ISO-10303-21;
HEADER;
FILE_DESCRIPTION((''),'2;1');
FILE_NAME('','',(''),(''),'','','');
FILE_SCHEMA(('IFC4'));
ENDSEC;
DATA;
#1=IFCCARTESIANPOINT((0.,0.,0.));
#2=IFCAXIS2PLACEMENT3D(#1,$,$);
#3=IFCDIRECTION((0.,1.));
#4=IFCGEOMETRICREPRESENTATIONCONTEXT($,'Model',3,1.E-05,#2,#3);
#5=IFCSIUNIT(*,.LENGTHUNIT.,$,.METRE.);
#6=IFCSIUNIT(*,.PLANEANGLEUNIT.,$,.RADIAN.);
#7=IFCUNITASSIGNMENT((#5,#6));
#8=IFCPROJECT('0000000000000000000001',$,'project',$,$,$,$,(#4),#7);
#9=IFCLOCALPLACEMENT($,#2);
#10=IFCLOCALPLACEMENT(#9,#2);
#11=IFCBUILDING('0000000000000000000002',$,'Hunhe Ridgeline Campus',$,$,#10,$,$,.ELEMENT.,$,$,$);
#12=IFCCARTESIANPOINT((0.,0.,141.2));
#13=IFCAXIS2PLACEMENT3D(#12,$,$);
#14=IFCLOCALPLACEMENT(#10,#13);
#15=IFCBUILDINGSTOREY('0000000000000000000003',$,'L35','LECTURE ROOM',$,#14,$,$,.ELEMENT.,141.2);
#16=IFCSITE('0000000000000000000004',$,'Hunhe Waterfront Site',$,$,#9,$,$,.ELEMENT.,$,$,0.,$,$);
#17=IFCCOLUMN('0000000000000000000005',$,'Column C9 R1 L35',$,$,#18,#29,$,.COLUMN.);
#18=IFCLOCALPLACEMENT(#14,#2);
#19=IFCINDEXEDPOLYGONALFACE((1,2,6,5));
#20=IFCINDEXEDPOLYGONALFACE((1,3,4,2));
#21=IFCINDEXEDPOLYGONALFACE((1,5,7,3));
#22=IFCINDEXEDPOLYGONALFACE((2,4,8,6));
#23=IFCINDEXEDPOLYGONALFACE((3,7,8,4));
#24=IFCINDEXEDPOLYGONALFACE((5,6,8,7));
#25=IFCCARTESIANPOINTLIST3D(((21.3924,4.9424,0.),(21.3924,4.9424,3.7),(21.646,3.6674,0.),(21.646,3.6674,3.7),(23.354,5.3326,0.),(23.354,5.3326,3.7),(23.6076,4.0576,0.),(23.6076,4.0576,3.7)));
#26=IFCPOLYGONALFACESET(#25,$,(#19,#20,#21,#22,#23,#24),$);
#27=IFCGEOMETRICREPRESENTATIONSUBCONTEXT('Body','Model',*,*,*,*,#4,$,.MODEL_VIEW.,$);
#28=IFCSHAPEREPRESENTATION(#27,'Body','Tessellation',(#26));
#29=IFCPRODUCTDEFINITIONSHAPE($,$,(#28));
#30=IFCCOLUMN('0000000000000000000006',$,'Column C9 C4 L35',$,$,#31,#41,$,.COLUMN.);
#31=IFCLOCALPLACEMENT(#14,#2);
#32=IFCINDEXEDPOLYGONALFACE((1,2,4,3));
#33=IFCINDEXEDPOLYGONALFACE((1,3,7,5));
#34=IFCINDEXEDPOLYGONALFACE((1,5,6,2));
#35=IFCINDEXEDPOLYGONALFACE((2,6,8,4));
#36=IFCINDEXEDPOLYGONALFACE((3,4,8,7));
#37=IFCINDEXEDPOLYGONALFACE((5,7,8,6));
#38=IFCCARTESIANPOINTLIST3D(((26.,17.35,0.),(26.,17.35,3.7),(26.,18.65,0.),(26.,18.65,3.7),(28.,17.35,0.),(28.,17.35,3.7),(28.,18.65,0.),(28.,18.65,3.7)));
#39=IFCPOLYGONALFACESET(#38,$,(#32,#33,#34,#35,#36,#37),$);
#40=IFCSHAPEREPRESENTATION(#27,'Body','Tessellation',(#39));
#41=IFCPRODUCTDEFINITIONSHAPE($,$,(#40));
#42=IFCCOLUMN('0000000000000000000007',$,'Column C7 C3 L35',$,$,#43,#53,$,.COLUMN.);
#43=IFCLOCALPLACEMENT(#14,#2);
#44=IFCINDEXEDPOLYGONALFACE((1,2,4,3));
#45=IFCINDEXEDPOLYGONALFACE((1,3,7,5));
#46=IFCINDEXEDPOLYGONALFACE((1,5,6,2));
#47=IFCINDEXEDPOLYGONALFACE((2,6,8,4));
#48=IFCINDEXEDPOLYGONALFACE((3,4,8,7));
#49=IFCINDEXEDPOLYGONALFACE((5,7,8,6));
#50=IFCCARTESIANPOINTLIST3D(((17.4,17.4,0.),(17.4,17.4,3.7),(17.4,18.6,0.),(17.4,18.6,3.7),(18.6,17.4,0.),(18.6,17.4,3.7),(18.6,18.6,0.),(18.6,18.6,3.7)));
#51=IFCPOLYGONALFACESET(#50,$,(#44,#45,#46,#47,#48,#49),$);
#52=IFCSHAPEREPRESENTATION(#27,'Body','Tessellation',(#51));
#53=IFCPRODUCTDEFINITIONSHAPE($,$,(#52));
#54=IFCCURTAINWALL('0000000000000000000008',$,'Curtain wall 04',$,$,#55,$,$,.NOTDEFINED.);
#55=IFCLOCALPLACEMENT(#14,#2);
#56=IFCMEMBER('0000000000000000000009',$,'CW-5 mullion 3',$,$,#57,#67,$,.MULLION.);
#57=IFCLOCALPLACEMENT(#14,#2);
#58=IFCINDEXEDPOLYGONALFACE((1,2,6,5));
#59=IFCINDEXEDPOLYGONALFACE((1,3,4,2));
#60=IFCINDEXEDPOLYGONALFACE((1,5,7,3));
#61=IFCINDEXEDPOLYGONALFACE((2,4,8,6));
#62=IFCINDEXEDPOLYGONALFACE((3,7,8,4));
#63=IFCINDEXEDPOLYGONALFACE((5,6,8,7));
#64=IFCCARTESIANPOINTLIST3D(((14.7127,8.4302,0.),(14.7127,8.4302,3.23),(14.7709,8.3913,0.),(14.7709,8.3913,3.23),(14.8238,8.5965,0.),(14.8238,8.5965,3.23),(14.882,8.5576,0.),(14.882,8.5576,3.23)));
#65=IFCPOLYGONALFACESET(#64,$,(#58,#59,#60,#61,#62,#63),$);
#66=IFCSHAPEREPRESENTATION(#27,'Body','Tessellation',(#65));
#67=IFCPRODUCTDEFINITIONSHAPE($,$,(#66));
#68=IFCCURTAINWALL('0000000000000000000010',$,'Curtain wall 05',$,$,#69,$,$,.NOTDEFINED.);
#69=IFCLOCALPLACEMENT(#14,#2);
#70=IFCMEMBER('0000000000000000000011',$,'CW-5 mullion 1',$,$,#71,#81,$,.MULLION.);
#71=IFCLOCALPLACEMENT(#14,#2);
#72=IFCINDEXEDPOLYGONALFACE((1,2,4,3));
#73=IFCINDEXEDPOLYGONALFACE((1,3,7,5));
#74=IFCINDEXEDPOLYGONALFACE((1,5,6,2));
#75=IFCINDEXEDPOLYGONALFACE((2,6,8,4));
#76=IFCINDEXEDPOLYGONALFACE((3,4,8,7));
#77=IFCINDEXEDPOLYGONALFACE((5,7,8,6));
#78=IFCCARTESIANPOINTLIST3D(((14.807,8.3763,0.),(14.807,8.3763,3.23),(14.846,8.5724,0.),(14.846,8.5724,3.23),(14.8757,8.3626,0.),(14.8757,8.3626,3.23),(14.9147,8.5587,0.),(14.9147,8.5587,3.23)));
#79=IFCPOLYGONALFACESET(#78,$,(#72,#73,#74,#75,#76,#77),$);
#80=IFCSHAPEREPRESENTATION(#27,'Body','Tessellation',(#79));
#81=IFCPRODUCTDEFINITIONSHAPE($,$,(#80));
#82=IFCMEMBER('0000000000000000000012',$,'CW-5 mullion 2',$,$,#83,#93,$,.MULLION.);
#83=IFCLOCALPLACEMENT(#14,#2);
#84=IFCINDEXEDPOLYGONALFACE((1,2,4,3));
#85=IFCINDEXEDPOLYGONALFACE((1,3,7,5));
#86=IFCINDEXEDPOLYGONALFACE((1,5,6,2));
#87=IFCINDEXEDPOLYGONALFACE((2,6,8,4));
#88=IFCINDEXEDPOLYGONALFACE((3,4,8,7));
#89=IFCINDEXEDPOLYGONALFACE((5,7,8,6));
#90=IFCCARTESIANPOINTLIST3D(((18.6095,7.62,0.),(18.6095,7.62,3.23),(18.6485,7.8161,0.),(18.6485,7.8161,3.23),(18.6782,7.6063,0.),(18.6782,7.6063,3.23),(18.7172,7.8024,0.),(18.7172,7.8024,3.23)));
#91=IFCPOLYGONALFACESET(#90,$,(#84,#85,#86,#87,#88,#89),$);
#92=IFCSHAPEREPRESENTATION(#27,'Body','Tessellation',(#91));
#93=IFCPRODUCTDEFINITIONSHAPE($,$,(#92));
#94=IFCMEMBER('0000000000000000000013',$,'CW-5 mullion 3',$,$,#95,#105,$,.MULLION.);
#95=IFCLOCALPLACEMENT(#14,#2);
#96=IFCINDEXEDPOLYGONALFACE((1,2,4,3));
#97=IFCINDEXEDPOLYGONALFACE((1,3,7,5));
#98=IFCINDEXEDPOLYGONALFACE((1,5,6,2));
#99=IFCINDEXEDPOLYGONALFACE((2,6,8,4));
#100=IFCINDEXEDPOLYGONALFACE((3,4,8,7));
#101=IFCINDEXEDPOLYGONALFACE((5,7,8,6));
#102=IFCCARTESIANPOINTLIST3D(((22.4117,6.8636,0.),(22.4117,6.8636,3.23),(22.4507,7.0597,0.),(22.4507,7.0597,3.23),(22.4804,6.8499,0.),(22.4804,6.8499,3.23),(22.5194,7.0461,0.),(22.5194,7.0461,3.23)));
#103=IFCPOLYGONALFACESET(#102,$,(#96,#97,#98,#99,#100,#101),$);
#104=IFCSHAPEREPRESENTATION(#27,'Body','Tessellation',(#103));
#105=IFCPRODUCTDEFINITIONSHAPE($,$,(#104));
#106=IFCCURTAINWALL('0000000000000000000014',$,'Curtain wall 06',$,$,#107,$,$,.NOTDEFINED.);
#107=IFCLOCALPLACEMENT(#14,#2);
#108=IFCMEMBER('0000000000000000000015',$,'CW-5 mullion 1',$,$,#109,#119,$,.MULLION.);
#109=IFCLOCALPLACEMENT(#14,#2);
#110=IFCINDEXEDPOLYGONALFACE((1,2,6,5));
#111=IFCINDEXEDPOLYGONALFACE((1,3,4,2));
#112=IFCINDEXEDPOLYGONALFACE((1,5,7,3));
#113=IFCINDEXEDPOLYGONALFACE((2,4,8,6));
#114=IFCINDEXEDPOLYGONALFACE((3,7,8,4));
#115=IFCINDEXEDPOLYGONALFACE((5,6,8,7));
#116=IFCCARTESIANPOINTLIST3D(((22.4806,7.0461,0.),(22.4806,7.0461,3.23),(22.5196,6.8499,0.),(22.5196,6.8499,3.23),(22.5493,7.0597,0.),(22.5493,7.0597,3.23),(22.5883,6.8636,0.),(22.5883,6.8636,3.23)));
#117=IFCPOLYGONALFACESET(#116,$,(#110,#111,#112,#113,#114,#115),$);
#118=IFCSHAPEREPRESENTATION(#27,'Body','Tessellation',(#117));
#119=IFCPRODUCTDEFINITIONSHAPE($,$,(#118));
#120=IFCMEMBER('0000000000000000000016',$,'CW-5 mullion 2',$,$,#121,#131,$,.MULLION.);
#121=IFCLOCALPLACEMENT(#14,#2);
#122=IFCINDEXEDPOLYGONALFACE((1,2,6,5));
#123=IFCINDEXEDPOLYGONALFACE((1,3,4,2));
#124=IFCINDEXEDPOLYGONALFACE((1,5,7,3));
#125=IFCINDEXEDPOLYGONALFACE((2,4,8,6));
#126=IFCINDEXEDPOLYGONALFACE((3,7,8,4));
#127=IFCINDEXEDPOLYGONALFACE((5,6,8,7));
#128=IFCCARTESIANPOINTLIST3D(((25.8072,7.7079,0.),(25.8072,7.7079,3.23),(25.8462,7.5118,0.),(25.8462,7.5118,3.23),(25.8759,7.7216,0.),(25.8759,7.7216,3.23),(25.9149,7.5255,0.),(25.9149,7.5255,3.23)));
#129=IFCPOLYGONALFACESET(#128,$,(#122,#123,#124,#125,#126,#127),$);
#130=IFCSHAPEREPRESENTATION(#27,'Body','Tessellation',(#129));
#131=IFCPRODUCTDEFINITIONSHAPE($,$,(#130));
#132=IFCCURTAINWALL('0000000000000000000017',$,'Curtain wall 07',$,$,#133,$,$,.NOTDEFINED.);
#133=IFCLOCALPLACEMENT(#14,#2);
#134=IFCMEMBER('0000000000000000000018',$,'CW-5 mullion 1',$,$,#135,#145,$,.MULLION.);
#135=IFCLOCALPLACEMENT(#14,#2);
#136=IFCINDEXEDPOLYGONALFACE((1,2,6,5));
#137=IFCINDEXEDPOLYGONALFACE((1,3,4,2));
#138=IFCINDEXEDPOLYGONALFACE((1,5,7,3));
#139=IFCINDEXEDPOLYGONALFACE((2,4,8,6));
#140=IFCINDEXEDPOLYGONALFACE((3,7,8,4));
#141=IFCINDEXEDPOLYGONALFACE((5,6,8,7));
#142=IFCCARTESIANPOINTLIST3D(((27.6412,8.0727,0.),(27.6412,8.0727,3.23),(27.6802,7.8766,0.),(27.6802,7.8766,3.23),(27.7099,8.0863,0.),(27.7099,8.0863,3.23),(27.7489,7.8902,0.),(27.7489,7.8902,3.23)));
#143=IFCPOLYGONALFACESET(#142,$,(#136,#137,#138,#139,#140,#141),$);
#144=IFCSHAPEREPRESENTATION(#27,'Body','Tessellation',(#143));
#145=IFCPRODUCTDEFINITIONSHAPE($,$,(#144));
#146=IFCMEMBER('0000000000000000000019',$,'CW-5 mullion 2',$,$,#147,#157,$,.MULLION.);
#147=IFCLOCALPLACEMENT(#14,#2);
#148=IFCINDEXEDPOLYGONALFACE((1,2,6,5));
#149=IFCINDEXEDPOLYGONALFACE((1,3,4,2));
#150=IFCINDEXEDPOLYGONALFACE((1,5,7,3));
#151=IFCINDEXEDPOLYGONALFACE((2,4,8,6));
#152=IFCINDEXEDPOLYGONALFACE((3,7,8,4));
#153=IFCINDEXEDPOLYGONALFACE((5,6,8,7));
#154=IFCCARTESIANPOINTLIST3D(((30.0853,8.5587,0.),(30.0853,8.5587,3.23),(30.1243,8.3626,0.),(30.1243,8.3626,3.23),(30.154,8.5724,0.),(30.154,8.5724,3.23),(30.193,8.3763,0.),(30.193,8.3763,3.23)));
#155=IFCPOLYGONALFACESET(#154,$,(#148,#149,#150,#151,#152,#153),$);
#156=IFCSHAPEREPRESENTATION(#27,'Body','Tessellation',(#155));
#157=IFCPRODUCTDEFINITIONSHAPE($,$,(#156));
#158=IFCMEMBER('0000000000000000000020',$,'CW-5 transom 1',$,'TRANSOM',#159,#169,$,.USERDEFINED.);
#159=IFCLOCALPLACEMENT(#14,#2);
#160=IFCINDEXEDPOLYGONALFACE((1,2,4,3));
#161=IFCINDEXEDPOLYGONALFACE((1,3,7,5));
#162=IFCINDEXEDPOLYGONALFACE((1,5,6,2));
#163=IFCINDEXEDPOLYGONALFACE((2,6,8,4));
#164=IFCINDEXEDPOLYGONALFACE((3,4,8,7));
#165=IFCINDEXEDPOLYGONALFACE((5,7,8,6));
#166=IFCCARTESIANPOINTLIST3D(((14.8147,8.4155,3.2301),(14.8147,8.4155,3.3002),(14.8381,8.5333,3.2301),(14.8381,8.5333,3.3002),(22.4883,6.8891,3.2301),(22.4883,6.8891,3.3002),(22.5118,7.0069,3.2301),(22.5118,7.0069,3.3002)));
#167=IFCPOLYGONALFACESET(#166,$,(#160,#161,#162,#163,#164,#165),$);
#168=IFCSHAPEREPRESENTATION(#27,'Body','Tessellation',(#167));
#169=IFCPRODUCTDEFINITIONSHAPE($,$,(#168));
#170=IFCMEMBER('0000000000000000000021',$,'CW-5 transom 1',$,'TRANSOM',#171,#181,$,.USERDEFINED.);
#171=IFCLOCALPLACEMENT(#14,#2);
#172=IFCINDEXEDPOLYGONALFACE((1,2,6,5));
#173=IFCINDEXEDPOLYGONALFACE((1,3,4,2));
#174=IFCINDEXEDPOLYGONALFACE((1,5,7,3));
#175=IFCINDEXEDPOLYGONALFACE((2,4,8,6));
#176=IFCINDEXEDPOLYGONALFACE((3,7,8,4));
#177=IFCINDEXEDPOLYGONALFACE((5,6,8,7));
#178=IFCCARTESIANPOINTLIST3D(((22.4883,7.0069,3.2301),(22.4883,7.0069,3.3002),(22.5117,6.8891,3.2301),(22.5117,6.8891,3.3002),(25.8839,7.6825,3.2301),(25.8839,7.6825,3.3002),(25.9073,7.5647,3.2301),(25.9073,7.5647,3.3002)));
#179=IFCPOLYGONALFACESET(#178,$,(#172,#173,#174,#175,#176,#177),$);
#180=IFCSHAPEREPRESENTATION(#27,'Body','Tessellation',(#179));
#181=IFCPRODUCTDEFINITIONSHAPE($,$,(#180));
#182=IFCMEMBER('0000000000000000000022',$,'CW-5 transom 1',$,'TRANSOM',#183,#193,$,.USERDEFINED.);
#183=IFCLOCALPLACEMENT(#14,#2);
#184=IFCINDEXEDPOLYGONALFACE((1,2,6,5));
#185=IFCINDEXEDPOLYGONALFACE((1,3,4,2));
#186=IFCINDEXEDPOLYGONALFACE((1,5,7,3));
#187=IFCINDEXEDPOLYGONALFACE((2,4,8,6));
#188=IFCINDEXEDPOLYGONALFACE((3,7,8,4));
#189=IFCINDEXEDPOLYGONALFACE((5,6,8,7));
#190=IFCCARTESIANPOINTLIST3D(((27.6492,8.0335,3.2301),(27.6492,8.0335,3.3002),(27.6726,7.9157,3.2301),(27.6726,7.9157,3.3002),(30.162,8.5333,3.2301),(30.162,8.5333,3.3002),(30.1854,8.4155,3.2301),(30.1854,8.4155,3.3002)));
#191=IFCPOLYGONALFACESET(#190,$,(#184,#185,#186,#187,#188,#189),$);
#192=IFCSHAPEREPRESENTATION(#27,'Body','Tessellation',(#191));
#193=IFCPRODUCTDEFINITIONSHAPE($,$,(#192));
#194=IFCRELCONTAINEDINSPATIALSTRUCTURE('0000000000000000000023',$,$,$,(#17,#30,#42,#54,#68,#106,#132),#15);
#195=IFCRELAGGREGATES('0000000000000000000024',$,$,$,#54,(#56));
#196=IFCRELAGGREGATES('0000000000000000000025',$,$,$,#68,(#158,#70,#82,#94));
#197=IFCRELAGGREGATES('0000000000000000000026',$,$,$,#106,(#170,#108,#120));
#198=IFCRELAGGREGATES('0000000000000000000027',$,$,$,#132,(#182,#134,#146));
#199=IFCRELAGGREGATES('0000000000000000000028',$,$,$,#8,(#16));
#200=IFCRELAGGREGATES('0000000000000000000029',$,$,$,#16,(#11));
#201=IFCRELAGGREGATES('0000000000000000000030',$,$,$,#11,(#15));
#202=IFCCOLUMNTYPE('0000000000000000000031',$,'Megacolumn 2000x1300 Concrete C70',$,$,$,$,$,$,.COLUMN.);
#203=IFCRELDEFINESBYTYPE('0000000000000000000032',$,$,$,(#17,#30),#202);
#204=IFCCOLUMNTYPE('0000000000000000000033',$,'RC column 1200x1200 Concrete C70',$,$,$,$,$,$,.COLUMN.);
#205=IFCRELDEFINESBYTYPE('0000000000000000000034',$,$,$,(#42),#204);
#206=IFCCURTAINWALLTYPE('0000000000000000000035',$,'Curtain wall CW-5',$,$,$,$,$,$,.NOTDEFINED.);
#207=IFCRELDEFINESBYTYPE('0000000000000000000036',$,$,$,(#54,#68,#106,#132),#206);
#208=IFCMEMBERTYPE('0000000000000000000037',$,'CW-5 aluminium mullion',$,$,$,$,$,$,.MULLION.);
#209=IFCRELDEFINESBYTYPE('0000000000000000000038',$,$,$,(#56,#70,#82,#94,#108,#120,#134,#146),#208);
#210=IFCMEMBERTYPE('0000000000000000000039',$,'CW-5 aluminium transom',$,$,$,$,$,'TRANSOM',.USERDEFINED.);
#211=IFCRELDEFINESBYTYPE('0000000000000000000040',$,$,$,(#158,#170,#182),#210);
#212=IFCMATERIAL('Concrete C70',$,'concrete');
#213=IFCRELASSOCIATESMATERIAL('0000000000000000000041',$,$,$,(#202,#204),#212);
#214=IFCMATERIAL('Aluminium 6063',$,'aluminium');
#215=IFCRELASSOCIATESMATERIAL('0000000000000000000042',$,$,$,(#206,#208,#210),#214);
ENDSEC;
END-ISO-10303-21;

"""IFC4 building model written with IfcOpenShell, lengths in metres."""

from ifc_helpers import new_model, si_unit, direction, frame, origin, origin_2d, place, context, subcontext, project, spatial, rectangle, extrude, material, material_profile, profile_set, type_object, element, aggregate, save


model = new_model("IFC4")

# Units and contexts
model_context = context("Model", 3, precision=1e-05, world=origin(), true_north=direction((0.0, 1.0)))
body_context = subcontext(model_context, "Body", "Model", "MODEL_VIEW")
ifc_project = project(units=[si_unit("LENGTHUNIT", "METRE"), si_unit("PLANEANGLEUNIT", "RADIAN")], contexts=[model_context])

# Site, building, storey
site_placement = place(None, origin())
site = spatial("IfcSite", under=ifc_project, at=site_placement, Name="Hunhe Waterfront Site", CompositionType="ELEMENT", RefElevation=0.0)
building_placement = place(site_placement, origin())
building = spatial("IfcBuilding", under=site, at=building_placement, Name="Hunhe Ridgeline Campus", CompositionType="ELEMENT")
storey_placement = place(building_placement, frame((0.0, 0.0, 141.2)))
storey = spatial("IfcBuildingStorey", under=building, at=storey_placement, Name="L35", Description="LECTURE ROOM", CompositionType="ELEMENT", Elevation=141.2)

# Columns
ifc_material_1 = material(Name="Concrete C70", Category="concrete")
ifc_material_profile_1 = material_profile(ifc_material_1, rectangle(XDim=2.0, YDim=1.3, at=origin_2d()))
ifc_profile_set_1 = profile_set([ifc_material_profile_1], Name="Concrete C70")
column_type_1 = type_object("IfcColumnType", Name="Megacolumn 2000x1300 Concrete C70", PredefinedType="COLUMN", material=ifc_profile_set_1)
for number, where, z_axis, x_axis, name in (
    (1, (22.5, 4.5, 0.0), (0.0, 0.0, 1.0), (0.980785, 0.19509, 0.0), "Column C9 R1 L35"),
    (2, (27.0, 18.0, 0.0), (0.0, 0.0, 1.0), (1.0, 0.0, 0.0), "Column C9 C4 L35"),
):
    element("IfcColumn", number, at=place(storey_placement, frame(where, z_axis=z_axis, x_axis=x_axis)), inside=storey, type_object=column_type_1, Name=name, PredefinedType="COLUMN", context=body_context, shape_type="SweptSolid", body=[
        extrude(rectangle(XDim=2.0, YDim=1.3, at=origin_2d()), origin(), (0.0, 0.0, 1.0), 3.7),
    ])
ifc_material_profile_2 = material_profile(ifc_material_1, rectangle(XDim=1.2, YDim=1.2, at=origin_2d()))
ifc_profile_set_2 = profile_set([ifc_material_profile_2], Name="Concrete C70")
column_type_2 = type_object("IfcColumnType", Name="RC column 1200x1200 Concrete C70", PredefinedType="COLUMN", material=ifc_profile_set_2)
column_placement = place(storey_placement, frame((18.0, 18.0, 0.0), z_axis=(0.0, 0.0, 1.0), x_axis=(1.0, 0.0, 0.0)))
element("IfcColumn", 3, at=column_placement, inside=storey, type_object=column_type_2, Name="Column C7 C3 L35", PredefinedType="COLUMN", context=body_context, shape_type="SweptSolid", body=[
    extrude(rectangle(XDim=1.2, YDim=1.2, at=origin_2d()), origin(), (0.0, 0.0, 1.0), 3.7),
])

# Curtain wall, member
ifc_material_2 = material(Name="Aluminium 6063", Category="aluminium")
curtain_wall_type = type_object("IfcCurtainWallType", Name="Curtain wall CW-5", PredefinedType="NOTDEFINED", material=ifc_material_2)
curtain_wall_1_placement = place(storey_placement, origin())
curtain_wall_1 = element("IfcCurtainWall", 4, at=curtain_wall_1_placement, inside=storey, type_object=curtain_wall_type, Name="Curtain wall 04", PredefinedType="NOTDEFINED")
ifc_material_profile_3 = material_profile(ifc_material_2, rectangle(XDim=0.2, YDim=0.0701, at=origin_2d()))
ifc_profile_set_3 = profile_set([ifc_material_profile_3], Name="Aluminium 6063")
member_type_1 = type_object("IfcMemberType", Name="CW-5 aluminium mullion", PredefinedType="MULLION", material=ifc_profile_set_3)
member_1_placement = place(storey_placement, frame((14.7974, 8.4939, 0.0), z_axis=(0.0, 0.0, 1.0), x_axis=(0.55557, 0.83147, 0.0)))
member_1 = element("IfcMember", 5, at=member_1_placement, type_object=member_type_1, Name="CW-5 mullion 3", PredefinedType="MULLION", context=body_context, shape_type="SweptSolid", body=[
    extrude(rectangle(XDim=0.2, YDim=0.0701, at=origin_2d()), origin(), (0.0, 0.0, 1.0), 3.23),
])
aggregate(curtain_wall_1, [member_1])

# Curtain walls, members
curtain_wall_2_placement = place(storey_placement, origin())
curtain_wall_2 = element("IfcCurtainWall", 6, at=curtain_wall_2_placement, inside=storey, type_object=curtain_wall_type, Name="Curtain wall 05", PredefinedType="NOTDEFINED")
member_2_placement = place(storey_placement, frame((14.8608, 8.4675, 0.0), z_axis=(0.0, 0.0, 1.0), x_axis=(0.19509, 0.980785, 0.0)))
member_2 = element("IfcMember", 7, at=member_2_placement, type_object=member_type_1, Name="CW-5 mullion 1", PredefinedType="MULLION", context=body_context, shape_type="SweptSolid", body=[
    extrude(rectangle(XDim=0.2, YDim=0.0701, at=origin_2d()), origin(), (0.0, 0.0, 1.0), 3.23),
])
member_3_placement = place(storey_placement, frame((18.6633, 7.7112, 0.0), z_axis=(0.0, 0.0, 1.0), x_axis=(0.19509, 0.980785, 0.0)))
member_3 = element("IfcMember", 8, at=member_3_placement, type_object=member_type_1, Name="CW-5 mullion 2", PredefinedType="MULLION", context=body_context, shape_type="SweptSolid", body=[
    extrude(rectangle(XDim=0.2, YDim=0.0701, at=origin_2d()), origin(), (0.0, 0.0, 1.0), 3.23),
])
member_4_placement = place(storey_placement, frame((22.4656, 6.9548, 0.0), z_axis=(0.0, 0.0, 1.0), x_axis=(0.19509, 0.980785, 0.0)))
member_4 = element("IfcMember", 9, at=member_4_placement, type_object=member_type_1, Name="CW-5 mullion 3", PredefinedType="MULLION", context=body_context, shape_type="SweptSolid", body=[
    extrude(rectangle(XDim=0.2, YDim=0.0701, at=origin_2d()), origin(), (0.0, 0.0, 1.0), 3.23),
])
curtain_wall_3_placement = place(storey_placement, origin())
curtain_wall_3 = element("IfcCurtainWall", 10, at=curtain_wall_3_placement, inside=storey, type_object=curtain_wall_type, Name="Curtain wall 06", PredefinedType="NOTDEFINED")
member_5_placement = place(storey_placement, frame((22.5344, 6.9548, 0.0), z_axis=(0.0, 0.0, 1.0), x_axis=(-0.19509, 0.980785, 0.0)))
member_5 = element("IfcMember", 11, at=member_5_placement, type_object=member_type_1, Name="CW-5 mullion 1", PredefinedType="MULLION", context=body_context, shape_type="SweptSolid", body=[
    extrude(rectangle(XDim=0.2, YDim=0.0701, at=origin_2d()), origin(), (0.0, 0.0, 1.0), 3.23),
])
member_6_placement = place(storey_placement, frame((25.8611, 7.6167, 0.0), z_axis=(0.0, 0.0, 1.0), x_axis=(-0.19509, 0.980785, 0.0)))
member_6 = element("IfcMember", 12, at=member_6_placement, type_object=member_type_1, Name="CW-5 mullion 2", PredefinedType="MULLION", context=body_context, shape_type="SweptSolid", body=[
    extrude(rectangle(XDim=0.2, YDim=0.0701, at=origin_2d()), origin(), (0.0, 0.0, 1.0), 3.23),
])
curtain_wall_4_placement = place(storey_placement, origin())
curtain_wall_4 = element("IfcCurtainWall", 13, at=curtain_wall_4_placement, inside=storey, type_object=curtain_wall_type, Name="Curtain wall 07", PredefinedType="NOTDEFINED")
member_7_placement = place(storey_placement, frame((27.6951, 7.9814, 0.0), z_axis=(0.0, 0.0, 1.0), x_axis=(-0.195091, 0.980785, 0.0)))
member_7 = element("IfcMember", 14, at=member_7_placement, type_object=member_type_1, Name="CW-5 mullion 1", PredefinedType="MULLION", context=body_context, shape_type="SweptSolid", body=[
    extrude(rectangle(XDim=0.2, YDim=0.0701, at=origin_2d()), origin(), (0.0, 0.0, 1.0), 3.23),
])
member_8_placement = place(storey_placement, frame((30.1392, 8.4675, 0.0), z_axis=(0.0, 0.0, 1.0), x_axis=(-0.195091, 0.980785, 0.0)))
member_8 = element("IfcMember", 15, at=member_8_placement, type_object=member_type_1, Name="CW-5 mullion 2", PredefinedType="MULLION", context=body_context, shape_type="SweptSolid", body=[
    extrude(rectangle(XDim=0.2, YDim=0.0701, at=origin_2d()), origin(), (0.0, 0.0, 1.0), 3.23),
])

# Members
ifc_material_profile_4 = material_profile(ifc_material_2, rectangle(XDim=0.1201, YDim=0.0701, at=origin_2d()))
ifc_profile_set_4 = profile_set([ifc_material_profile_4], Name="Aluminium 6063")
member_type_2 = type_object("IfcMemberType", Name="CW-5 aluminium transom", ElementType="TRANSOM", PredefinedType="USERDEFINED", material=ifc_profile_set_4)
member_9_placement = place(storey_placement, frame((14.8264, 8.4744, 3.2651), z_axis=(0.980785, -0.19509, 0.0), x_axis=(0.19509, 0.980785, 0.0)))
member_9 = element("IfcMember", 16, at=member_9_placement, type_object=member_type_2, Name="CW-5 transom 1", ObjectType="TRANSOM", PredefinedType="USERDEFINED", context=body_context, shape_type="SweptSolid", body=[
    extrude(rectangle(XDim=0.1201, YDim=0.0701, at=origin_2d()), origin(), (0.0, 0.0, 1.0), 7.824),
])
member_10_placement = place(storey_placement, frame((22.5, 6.948, 3.2651), z_axis=(0.980778, 0.195126, 0.0), x_axis=(-0.195126, 0.980778, 0.0)))
member_10 = element("IfcMember", 17, at=member_10_placement, type_object=member_type_2, Name="CW-5 transom 1", ObjectType="TRANSOM", PredefinedType="USERDEFINED", context=body_context, shape_type="SweptSolid", body=[
    extrude(rectangle(XDim=0.1201, YDim=0.0701, at=origin_2d()), origin(), (0.0, 0.0, 1.0), 3.4622),
])
member_11_placement = place(storey_placement, frame((27.6609, 7.9746, 3.2651), z_axis=(0.980789, 0.195071, 0.0), x_axis=(-0.195071, 0.980789, 0.0)))
member_11 = element("IfcMember", 18, at=member_11_placement, type_object=member_type_2, Name="CW-5 transom 1", ObjectType="TRANSOM", PredefinedType="USERDEFINED", context=body_context, shape_type="SweptSolid", body=[
    extrude(rectangle(XDim=0.1201, YDim=0.0701, at=origin_2d()), origin(), (0.0, 0.0, 1.0), 2.562),
])

aggregate(curtain_wall_2, [member_9, member_2, member_3, member_4])
aggregate(curtain_wall_3, [member_10, member_5, member_6])
aggregate(curtain_wall_4, [member_11, member_7, member_8])

save(model, "model.ifc")
